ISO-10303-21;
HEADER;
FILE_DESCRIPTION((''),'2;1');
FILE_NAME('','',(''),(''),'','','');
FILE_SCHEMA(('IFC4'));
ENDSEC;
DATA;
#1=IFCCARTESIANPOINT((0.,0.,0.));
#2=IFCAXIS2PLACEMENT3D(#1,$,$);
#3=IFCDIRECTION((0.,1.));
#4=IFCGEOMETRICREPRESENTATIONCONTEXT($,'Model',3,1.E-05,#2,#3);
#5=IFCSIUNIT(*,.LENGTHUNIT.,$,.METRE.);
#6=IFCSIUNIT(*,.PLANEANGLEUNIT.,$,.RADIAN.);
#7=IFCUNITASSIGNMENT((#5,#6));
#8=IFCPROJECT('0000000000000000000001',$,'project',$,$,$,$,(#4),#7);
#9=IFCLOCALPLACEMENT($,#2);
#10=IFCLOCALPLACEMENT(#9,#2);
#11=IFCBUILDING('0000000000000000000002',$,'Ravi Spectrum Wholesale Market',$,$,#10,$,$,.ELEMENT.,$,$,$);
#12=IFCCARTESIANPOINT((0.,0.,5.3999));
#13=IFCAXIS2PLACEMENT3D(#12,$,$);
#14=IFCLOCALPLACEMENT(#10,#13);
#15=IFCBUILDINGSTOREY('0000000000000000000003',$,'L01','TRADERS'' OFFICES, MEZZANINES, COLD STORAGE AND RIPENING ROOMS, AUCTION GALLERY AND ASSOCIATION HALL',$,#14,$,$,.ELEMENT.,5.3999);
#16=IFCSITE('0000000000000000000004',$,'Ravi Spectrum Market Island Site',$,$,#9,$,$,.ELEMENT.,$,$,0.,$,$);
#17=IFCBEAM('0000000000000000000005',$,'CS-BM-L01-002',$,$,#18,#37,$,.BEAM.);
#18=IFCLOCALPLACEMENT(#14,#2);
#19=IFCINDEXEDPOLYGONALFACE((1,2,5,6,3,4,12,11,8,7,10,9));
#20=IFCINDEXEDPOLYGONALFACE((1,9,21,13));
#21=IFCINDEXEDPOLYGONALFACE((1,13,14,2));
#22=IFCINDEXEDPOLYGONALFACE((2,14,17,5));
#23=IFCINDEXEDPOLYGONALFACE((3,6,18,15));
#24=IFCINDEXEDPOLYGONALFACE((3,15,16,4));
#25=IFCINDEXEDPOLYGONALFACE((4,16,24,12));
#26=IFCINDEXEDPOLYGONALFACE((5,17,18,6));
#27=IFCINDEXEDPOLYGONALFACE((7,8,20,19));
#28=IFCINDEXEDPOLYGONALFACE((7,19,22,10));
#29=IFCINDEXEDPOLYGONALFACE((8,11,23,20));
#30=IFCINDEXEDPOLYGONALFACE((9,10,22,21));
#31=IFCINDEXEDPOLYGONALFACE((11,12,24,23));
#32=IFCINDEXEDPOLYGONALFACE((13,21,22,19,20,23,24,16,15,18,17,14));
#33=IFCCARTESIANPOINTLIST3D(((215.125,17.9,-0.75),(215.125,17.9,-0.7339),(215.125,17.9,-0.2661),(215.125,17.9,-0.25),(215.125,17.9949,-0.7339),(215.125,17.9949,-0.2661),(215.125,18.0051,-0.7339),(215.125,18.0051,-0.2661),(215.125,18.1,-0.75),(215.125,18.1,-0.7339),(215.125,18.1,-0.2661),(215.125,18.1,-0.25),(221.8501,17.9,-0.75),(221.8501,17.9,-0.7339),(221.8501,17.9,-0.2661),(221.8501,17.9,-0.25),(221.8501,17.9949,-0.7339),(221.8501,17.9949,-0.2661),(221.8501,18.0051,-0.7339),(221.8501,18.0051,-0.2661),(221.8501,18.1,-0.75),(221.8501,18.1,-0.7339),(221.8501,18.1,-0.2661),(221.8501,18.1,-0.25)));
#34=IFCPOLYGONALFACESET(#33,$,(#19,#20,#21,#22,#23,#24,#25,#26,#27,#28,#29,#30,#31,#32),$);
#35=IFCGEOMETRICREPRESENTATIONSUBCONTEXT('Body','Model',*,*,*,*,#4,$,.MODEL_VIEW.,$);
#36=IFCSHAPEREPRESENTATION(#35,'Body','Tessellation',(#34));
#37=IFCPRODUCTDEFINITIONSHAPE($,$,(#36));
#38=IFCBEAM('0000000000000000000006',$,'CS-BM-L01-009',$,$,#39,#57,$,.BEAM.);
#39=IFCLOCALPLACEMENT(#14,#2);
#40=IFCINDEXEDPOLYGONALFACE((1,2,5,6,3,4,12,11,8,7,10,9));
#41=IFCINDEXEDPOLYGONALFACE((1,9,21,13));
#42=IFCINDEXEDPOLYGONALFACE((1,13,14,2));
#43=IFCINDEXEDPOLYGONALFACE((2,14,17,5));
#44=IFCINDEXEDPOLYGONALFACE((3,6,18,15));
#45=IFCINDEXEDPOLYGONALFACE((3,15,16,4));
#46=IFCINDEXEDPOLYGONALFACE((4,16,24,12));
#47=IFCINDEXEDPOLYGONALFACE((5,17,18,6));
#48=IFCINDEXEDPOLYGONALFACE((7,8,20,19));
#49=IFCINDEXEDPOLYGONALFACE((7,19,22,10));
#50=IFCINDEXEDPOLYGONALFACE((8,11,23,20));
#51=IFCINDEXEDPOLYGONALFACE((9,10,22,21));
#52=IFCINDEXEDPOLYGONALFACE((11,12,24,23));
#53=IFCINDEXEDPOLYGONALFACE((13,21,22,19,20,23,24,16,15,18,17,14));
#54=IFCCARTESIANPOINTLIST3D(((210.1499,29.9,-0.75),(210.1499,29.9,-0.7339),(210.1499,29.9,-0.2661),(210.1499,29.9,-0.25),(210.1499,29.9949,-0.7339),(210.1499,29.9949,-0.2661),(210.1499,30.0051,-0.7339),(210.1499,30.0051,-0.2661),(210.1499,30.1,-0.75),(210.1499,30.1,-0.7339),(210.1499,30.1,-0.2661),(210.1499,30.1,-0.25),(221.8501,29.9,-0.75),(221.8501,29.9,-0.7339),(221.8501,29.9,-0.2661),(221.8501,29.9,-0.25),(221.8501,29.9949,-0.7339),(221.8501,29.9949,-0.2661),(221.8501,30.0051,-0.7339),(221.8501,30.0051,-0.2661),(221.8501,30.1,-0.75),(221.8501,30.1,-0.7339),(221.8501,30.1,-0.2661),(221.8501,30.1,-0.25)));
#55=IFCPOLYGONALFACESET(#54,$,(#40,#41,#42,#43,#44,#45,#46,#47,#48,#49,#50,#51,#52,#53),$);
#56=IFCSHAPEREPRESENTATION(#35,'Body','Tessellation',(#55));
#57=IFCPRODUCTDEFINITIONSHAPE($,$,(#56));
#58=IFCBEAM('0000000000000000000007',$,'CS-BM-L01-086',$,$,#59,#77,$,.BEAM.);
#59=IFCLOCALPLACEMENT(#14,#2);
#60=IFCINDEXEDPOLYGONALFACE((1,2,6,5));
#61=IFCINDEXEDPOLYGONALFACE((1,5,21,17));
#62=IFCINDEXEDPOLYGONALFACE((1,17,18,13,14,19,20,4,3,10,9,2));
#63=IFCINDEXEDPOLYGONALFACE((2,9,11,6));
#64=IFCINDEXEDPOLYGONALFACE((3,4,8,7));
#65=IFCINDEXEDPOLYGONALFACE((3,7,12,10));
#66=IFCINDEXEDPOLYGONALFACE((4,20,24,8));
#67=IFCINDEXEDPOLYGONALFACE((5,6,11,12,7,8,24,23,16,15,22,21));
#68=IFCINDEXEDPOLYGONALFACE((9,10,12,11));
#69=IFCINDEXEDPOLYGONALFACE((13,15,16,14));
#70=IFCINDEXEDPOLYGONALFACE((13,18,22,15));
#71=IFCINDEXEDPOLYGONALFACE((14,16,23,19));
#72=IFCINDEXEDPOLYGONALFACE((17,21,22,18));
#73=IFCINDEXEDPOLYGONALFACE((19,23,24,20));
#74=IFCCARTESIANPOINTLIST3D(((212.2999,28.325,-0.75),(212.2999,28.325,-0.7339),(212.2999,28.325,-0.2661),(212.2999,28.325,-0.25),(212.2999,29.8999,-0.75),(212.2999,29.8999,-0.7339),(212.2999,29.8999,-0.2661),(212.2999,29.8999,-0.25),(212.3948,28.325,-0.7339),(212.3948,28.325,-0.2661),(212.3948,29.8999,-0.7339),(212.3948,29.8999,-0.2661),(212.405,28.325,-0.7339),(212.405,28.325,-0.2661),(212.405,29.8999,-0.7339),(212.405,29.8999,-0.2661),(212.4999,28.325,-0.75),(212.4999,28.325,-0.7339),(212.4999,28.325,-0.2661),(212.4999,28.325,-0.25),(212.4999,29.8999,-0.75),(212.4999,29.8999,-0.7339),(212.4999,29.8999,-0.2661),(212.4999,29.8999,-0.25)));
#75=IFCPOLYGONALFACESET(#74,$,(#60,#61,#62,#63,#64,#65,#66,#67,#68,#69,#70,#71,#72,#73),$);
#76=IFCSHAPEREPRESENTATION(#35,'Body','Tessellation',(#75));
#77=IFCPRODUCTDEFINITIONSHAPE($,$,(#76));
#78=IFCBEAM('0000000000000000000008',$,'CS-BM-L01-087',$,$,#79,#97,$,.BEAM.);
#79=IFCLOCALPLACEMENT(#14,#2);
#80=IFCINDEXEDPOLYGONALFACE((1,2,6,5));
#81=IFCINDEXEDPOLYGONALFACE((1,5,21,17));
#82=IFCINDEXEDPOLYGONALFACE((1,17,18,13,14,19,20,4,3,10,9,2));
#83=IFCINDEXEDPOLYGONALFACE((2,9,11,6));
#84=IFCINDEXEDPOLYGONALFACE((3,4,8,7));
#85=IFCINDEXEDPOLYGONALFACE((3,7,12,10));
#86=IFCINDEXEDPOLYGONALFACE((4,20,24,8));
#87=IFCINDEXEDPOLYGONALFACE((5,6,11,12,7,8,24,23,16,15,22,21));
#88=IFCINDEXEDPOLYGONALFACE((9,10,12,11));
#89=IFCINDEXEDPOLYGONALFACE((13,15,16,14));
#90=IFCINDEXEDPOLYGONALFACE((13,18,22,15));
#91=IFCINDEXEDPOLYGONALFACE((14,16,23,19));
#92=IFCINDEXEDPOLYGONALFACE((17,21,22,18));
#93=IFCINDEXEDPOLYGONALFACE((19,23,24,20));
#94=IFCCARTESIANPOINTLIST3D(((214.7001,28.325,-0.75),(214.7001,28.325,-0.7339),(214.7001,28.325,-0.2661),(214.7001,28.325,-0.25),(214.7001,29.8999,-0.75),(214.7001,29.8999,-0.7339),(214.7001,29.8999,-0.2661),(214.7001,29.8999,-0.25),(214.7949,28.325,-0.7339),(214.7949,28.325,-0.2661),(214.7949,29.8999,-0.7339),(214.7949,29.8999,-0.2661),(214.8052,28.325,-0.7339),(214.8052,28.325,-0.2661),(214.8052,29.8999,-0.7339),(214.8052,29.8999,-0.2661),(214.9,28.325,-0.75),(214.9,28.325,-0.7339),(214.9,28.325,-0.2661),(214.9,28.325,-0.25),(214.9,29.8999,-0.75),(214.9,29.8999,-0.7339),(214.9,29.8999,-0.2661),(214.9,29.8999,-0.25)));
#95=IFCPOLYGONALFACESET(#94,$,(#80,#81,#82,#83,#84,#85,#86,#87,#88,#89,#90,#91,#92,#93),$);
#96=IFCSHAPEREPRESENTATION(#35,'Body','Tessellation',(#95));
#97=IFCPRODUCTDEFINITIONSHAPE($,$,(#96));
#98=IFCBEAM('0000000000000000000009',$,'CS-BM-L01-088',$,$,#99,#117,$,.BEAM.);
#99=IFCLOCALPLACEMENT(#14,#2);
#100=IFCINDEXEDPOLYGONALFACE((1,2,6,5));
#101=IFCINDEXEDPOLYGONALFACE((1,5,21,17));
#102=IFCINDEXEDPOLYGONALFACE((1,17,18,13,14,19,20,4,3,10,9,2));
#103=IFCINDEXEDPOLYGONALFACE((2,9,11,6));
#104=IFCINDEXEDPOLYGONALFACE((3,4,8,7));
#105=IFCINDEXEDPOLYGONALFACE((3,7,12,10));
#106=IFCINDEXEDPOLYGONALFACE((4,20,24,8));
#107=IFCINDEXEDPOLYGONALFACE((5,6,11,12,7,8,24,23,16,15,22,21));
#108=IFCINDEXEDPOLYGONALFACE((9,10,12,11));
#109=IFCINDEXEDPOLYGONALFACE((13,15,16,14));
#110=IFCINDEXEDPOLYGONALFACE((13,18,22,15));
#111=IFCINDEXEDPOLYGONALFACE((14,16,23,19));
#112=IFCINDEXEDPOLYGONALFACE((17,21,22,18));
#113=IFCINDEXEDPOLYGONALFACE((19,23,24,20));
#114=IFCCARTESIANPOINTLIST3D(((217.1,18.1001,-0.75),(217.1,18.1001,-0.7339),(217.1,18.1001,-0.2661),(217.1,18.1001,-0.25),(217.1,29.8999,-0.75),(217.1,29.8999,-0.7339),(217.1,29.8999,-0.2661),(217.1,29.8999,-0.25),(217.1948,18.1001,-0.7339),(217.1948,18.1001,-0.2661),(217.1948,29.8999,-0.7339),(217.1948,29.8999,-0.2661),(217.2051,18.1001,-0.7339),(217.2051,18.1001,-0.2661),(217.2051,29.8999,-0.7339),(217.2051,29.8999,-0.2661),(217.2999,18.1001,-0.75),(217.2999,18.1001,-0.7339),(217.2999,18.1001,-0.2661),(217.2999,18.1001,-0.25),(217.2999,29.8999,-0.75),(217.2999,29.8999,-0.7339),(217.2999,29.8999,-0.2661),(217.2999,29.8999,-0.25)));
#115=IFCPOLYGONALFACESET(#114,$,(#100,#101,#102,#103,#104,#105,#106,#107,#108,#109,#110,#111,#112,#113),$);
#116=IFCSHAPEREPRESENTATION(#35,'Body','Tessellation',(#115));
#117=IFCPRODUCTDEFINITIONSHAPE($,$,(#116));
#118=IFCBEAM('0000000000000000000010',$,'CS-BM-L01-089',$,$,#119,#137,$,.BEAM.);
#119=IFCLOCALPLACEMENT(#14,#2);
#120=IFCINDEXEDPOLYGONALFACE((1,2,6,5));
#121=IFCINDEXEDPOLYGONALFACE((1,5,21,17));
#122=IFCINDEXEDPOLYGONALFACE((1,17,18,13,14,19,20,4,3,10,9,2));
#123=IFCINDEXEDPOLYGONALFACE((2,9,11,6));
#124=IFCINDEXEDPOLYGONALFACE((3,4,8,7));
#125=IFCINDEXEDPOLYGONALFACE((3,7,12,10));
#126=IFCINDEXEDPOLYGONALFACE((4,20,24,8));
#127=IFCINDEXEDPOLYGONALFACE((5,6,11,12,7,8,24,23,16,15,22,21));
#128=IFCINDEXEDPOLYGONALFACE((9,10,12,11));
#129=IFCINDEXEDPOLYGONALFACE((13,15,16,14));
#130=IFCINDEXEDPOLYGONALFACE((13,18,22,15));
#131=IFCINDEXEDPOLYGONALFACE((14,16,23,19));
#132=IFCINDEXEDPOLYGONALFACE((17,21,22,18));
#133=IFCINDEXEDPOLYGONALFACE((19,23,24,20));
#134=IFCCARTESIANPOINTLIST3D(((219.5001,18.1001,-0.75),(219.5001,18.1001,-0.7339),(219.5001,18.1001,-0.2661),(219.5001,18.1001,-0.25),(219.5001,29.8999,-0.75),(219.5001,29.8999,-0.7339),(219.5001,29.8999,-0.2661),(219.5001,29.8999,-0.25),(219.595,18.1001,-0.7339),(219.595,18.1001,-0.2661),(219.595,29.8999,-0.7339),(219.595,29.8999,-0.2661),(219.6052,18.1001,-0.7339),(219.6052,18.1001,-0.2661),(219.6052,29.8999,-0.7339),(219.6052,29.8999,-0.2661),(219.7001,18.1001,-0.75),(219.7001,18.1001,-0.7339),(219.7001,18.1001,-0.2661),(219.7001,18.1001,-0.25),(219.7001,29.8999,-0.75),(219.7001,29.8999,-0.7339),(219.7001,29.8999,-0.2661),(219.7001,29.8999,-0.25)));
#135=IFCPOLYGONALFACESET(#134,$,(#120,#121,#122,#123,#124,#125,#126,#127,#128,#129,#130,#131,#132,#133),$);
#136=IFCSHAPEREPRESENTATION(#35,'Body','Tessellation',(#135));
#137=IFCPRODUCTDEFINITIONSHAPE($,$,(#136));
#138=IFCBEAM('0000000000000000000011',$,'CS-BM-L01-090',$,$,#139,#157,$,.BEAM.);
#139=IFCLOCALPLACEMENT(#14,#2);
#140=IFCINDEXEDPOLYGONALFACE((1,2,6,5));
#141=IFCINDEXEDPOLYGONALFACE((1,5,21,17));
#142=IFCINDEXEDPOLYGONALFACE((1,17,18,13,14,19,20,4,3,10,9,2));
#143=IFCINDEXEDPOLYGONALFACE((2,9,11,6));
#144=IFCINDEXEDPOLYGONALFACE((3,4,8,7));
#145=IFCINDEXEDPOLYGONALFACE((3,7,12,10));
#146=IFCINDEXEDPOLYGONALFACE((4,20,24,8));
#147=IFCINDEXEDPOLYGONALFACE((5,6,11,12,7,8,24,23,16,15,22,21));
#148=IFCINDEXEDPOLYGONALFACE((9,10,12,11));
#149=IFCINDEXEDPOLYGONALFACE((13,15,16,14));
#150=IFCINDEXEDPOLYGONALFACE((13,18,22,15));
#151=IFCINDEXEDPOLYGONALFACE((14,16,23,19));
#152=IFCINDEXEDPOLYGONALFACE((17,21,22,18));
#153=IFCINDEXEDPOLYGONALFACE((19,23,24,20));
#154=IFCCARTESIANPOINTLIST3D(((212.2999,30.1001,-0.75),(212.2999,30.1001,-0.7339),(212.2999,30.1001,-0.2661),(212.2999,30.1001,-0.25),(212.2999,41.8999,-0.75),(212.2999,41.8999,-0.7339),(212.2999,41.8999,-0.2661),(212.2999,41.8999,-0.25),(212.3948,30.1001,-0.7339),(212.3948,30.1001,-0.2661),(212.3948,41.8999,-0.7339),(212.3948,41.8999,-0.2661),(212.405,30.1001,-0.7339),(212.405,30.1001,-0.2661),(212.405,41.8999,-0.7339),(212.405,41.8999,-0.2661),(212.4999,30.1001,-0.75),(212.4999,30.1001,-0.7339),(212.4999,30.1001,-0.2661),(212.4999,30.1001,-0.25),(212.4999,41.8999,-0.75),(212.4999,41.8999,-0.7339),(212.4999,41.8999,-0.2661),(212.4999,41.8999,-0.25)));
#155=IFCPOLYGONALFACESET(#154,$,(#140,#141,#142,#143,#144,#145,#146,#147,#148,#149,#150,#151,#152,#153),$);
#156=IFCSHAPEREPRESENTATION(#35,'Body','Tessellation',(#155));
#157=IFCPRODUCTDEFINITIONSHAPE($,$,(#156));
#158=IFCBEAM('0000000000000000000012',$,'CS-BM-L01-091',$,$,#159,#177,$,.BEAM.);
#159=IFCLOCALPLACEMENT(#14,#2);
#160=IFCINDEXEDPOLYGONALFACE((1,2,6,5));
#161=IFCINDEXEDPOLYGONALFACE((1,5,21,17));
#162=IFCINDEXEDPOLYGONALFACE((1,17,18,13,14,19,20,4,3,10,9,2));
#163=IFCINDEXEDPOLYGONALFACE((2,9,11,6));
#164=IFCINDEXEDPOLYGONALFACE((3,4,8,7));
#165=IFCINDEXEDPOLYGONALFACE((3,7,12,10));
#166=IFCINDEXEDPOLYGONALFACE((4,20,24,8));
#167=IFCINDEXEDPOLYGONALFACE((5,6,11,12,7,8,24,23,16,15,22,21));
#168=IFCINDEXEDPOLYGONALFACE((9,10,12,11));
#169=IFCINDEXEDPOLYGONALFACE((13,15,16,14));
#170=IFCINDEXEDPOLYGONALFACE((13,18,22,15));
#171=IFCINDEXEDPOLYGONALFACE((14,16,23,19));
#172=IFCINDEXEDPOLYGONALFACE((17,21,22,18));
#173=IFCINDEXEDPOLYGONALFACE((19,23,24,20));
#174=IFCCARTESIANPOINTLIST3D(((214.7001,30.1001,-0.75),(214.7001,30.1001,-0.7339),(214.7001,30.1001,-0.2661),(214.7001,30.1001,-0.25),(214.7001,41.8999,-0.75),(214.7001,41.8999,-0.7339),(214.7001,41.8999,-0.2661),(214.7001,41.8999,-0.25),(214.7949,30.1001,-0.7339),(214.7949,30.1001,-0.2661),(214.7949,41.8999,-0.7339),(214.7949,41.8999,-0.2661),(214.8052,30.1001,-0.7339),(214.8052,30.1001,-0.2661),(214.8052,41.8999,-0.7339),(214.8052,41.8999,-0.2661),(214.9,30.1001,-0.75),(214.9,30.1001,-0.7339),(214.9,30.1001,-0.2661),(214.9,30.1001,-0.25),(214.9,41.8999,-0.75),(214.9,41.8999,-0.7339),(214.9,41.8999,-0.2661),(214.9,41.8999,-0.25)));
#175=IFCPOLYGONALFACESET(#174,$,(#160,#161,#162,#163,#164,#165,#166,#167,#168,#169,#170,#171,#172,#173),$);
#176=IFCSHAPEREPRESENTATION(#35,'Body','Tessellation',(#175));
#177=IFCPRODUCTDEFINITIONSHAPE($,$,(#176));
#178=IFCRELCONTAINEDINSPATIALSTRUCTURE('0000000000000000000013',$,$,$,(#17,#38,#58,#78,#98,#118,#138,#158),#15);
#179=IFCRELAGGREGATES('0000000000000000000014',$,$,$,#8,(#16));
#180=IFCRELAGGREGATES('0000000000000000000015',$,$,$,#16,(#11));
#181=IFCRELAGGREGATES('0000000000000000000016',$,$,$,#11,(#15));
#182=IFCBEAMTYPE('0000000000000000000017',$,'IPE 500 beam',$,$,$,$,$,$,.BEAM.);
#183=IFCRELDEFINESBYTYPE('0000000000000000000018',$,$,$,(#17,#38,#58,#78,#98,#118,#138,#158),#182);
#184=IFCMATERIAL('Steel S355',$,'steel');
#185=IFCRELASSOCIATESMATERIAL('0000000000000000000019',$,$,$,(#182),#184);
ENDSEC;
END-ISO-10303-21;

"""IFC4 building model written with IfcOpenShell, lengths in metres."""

from ifc_helpers import new_model, si_unit, direction, frame, origin, origin_2d, place, context, subcontext, project, spatial, i_section, extrude, material, material_profile, profile_set, type_object, element, save


model = new_model("IFC4")

# Units and contexts
model_context = context("Model", 3, precision=1e-05, world=origin(), true_north=direction((0.0, 1.0)))
body_context = subcontext(model_context, "Body", "Model", "MODEL_VIEW")
ifc_project = project(units=[si_unit("LENGTHUNIT", "METRE"), si_unit("PLANEANGLEUNIT", "RADIAN")], contexts=[model_context])

# Site, building, storey
site_placement = place(None, origin())
site = spatial("IfcSite", under=ifc_project, at=site_placement, Name="Ravi Spectrum Market Island Site", CompositionType="ELEMENT", RefElevation=0.0)
building_placement = place(site_placement, origin())
building = spatial("IfcBuilding", under=site, at=building_placement, Name="Ravi Spectrum Wholesale Market", CompositionType="ELEMENT")
storey_placement = place(building_placement, frame((0.0, 0.0, 5.3999)))
storey = spatial("IfcBuildingStorey", under=building, at=storey_placement, Name="L01", Description="TRADERS' OFFICES, MEZZANINES, COLD STORAGE AND RIPENING ROOMS, AUCTION GALLERY AND ASSOCIATION HALL", CompositionType="ELEMENT", Elevation=5.3999)

# Beams
ifc_material_1 = material(Name="Steel S355", Category="steel")
ifc_material_profile_1 = material_profile(ifc_material_1, i_section(OverallWidth=0.2, OverallDepth=0.5, WebThickness=0.0103, FlangeThickness=0.0161, at=origin_2d()))
ifc_profile_set_1 = profile_set([ifc_material_profile_1], Name="Steel S355")
beam_type = type_object("IfcBeamType", Name="IPE 500 beam", PredefinedType="BEAM", material=ifc_profile_set_1)
beam_1_placement = place(storey_placement, frame((215.125, 18.0, -0.5), z_axis=(1.0, 0.0, 0.0), x_axis=(0.0, 1.0, 0.0)))
element("IfcBeam", 1, at=beam_1_placement, inside=storey, type_object=beam_type, Name="CS-BM-L01-002", PredefinedType="BEAM", context=body_context, shape_type="SweptSolid", body=[
    extrude(i_section(OverallWidth=0.2, OverallDepth=0.5, WebThickness=0.0103, FlangeThickness=0.0161, at=origin_2d()), origin(), (0.0, 0.0, 1.0), 6.7251),
])
beam_2_placement = place(storey_placement, frame((210.1499, 30.0, -0.5), z_axis=(1.0, 0.0, 0.0), x_axis=(0.0, 1.0, 0.0)))
element("IfcBeam", 2, at=beam_2_placement, inside=storey, type_object=beam_type, Name="CS-BM-L01-009", PredefinedType="BEAM", context=body_context, shape_type="SweptSolid", body=[
    extrude(i_section(OverallWidth=0.2, OverallDepth=0.5, WebThickness=0.0103, FlangeThickness=0.0161, at=origin_2d()), origin(), (0.0, 0.0, 1.0), 11.7002),
])
for number, where, z_axis, x_axis, name in (
    (3, (212.3999, 28.325, -0.5), (0.0, 1.0, 0.0), (-1.0, 0.0, 0.0), "CS-BM-L01-086"),
    (4, (214.8, 28.325, -0.5), (0.0, 1.0, 0.0), (-1.0, 0.0, 0.0), "CS-BM-L01-087"),
):
    element("IfcBeam", number, at=place(storey_placement, frame(where, z_axis=z_axis, x_axis=x_axis)), inside=storey, type_object=beam_type, Name=name, PredefinedType="BEAM", context=body_context, shape_type="SweptSolid", body=[
        extrude(i_section(OverallWidth=0.2, OverallDepth=0.5, WebThickness=0.0103, FlangeThickness=0.0161, at=origin_2d()), origin(), (0.0, 0.0, 1.0), 1.575),
    ])
for number, where, z_axis, x_axis, name in (
    (5, (217.2, 18.1001, -0.5), (0.0, 1.0, 0.0), (-1.0, 0.0, 0.0), "CS-BM-L01-088"),
    (6, (219.6001, 18.1001, -0.5), (0.0, 1.0, 0.0), (-1.0, 0.0, 0.0), "CS-BM-L01-089"),
    (7, (212.3999, 30.1001, -0.5), (0.0, 1.0, 0.0), (-1.0, 0.0, 0.0), "CS-BM-L01-090"),
    (8, (214.8, 30.1001, -0.5), (0.0, 1.0, 0.0), (-1.0, 0.0, 0.0), "CS-BM-L01-091"),
):
    element("IfcBeam", number, at=place(storey_placement, frame(where, z_axis=z_axis, x_axis=x_axis)), inside=storey, type_object=beam_type, Name=name, PredefinedType="BEAM", context=body_context, shape_type="SweptSolid", body=[
        extrude(i_section(OverallWidth=0.2, OverallDepth=0.5, WebThickness=0.0103, FlangeThickness=0.0161, at=origin_2d()), origin(), (0.0, 0.0, 1.0), 11.7998),
    ])

save(model, "model.ifc")
